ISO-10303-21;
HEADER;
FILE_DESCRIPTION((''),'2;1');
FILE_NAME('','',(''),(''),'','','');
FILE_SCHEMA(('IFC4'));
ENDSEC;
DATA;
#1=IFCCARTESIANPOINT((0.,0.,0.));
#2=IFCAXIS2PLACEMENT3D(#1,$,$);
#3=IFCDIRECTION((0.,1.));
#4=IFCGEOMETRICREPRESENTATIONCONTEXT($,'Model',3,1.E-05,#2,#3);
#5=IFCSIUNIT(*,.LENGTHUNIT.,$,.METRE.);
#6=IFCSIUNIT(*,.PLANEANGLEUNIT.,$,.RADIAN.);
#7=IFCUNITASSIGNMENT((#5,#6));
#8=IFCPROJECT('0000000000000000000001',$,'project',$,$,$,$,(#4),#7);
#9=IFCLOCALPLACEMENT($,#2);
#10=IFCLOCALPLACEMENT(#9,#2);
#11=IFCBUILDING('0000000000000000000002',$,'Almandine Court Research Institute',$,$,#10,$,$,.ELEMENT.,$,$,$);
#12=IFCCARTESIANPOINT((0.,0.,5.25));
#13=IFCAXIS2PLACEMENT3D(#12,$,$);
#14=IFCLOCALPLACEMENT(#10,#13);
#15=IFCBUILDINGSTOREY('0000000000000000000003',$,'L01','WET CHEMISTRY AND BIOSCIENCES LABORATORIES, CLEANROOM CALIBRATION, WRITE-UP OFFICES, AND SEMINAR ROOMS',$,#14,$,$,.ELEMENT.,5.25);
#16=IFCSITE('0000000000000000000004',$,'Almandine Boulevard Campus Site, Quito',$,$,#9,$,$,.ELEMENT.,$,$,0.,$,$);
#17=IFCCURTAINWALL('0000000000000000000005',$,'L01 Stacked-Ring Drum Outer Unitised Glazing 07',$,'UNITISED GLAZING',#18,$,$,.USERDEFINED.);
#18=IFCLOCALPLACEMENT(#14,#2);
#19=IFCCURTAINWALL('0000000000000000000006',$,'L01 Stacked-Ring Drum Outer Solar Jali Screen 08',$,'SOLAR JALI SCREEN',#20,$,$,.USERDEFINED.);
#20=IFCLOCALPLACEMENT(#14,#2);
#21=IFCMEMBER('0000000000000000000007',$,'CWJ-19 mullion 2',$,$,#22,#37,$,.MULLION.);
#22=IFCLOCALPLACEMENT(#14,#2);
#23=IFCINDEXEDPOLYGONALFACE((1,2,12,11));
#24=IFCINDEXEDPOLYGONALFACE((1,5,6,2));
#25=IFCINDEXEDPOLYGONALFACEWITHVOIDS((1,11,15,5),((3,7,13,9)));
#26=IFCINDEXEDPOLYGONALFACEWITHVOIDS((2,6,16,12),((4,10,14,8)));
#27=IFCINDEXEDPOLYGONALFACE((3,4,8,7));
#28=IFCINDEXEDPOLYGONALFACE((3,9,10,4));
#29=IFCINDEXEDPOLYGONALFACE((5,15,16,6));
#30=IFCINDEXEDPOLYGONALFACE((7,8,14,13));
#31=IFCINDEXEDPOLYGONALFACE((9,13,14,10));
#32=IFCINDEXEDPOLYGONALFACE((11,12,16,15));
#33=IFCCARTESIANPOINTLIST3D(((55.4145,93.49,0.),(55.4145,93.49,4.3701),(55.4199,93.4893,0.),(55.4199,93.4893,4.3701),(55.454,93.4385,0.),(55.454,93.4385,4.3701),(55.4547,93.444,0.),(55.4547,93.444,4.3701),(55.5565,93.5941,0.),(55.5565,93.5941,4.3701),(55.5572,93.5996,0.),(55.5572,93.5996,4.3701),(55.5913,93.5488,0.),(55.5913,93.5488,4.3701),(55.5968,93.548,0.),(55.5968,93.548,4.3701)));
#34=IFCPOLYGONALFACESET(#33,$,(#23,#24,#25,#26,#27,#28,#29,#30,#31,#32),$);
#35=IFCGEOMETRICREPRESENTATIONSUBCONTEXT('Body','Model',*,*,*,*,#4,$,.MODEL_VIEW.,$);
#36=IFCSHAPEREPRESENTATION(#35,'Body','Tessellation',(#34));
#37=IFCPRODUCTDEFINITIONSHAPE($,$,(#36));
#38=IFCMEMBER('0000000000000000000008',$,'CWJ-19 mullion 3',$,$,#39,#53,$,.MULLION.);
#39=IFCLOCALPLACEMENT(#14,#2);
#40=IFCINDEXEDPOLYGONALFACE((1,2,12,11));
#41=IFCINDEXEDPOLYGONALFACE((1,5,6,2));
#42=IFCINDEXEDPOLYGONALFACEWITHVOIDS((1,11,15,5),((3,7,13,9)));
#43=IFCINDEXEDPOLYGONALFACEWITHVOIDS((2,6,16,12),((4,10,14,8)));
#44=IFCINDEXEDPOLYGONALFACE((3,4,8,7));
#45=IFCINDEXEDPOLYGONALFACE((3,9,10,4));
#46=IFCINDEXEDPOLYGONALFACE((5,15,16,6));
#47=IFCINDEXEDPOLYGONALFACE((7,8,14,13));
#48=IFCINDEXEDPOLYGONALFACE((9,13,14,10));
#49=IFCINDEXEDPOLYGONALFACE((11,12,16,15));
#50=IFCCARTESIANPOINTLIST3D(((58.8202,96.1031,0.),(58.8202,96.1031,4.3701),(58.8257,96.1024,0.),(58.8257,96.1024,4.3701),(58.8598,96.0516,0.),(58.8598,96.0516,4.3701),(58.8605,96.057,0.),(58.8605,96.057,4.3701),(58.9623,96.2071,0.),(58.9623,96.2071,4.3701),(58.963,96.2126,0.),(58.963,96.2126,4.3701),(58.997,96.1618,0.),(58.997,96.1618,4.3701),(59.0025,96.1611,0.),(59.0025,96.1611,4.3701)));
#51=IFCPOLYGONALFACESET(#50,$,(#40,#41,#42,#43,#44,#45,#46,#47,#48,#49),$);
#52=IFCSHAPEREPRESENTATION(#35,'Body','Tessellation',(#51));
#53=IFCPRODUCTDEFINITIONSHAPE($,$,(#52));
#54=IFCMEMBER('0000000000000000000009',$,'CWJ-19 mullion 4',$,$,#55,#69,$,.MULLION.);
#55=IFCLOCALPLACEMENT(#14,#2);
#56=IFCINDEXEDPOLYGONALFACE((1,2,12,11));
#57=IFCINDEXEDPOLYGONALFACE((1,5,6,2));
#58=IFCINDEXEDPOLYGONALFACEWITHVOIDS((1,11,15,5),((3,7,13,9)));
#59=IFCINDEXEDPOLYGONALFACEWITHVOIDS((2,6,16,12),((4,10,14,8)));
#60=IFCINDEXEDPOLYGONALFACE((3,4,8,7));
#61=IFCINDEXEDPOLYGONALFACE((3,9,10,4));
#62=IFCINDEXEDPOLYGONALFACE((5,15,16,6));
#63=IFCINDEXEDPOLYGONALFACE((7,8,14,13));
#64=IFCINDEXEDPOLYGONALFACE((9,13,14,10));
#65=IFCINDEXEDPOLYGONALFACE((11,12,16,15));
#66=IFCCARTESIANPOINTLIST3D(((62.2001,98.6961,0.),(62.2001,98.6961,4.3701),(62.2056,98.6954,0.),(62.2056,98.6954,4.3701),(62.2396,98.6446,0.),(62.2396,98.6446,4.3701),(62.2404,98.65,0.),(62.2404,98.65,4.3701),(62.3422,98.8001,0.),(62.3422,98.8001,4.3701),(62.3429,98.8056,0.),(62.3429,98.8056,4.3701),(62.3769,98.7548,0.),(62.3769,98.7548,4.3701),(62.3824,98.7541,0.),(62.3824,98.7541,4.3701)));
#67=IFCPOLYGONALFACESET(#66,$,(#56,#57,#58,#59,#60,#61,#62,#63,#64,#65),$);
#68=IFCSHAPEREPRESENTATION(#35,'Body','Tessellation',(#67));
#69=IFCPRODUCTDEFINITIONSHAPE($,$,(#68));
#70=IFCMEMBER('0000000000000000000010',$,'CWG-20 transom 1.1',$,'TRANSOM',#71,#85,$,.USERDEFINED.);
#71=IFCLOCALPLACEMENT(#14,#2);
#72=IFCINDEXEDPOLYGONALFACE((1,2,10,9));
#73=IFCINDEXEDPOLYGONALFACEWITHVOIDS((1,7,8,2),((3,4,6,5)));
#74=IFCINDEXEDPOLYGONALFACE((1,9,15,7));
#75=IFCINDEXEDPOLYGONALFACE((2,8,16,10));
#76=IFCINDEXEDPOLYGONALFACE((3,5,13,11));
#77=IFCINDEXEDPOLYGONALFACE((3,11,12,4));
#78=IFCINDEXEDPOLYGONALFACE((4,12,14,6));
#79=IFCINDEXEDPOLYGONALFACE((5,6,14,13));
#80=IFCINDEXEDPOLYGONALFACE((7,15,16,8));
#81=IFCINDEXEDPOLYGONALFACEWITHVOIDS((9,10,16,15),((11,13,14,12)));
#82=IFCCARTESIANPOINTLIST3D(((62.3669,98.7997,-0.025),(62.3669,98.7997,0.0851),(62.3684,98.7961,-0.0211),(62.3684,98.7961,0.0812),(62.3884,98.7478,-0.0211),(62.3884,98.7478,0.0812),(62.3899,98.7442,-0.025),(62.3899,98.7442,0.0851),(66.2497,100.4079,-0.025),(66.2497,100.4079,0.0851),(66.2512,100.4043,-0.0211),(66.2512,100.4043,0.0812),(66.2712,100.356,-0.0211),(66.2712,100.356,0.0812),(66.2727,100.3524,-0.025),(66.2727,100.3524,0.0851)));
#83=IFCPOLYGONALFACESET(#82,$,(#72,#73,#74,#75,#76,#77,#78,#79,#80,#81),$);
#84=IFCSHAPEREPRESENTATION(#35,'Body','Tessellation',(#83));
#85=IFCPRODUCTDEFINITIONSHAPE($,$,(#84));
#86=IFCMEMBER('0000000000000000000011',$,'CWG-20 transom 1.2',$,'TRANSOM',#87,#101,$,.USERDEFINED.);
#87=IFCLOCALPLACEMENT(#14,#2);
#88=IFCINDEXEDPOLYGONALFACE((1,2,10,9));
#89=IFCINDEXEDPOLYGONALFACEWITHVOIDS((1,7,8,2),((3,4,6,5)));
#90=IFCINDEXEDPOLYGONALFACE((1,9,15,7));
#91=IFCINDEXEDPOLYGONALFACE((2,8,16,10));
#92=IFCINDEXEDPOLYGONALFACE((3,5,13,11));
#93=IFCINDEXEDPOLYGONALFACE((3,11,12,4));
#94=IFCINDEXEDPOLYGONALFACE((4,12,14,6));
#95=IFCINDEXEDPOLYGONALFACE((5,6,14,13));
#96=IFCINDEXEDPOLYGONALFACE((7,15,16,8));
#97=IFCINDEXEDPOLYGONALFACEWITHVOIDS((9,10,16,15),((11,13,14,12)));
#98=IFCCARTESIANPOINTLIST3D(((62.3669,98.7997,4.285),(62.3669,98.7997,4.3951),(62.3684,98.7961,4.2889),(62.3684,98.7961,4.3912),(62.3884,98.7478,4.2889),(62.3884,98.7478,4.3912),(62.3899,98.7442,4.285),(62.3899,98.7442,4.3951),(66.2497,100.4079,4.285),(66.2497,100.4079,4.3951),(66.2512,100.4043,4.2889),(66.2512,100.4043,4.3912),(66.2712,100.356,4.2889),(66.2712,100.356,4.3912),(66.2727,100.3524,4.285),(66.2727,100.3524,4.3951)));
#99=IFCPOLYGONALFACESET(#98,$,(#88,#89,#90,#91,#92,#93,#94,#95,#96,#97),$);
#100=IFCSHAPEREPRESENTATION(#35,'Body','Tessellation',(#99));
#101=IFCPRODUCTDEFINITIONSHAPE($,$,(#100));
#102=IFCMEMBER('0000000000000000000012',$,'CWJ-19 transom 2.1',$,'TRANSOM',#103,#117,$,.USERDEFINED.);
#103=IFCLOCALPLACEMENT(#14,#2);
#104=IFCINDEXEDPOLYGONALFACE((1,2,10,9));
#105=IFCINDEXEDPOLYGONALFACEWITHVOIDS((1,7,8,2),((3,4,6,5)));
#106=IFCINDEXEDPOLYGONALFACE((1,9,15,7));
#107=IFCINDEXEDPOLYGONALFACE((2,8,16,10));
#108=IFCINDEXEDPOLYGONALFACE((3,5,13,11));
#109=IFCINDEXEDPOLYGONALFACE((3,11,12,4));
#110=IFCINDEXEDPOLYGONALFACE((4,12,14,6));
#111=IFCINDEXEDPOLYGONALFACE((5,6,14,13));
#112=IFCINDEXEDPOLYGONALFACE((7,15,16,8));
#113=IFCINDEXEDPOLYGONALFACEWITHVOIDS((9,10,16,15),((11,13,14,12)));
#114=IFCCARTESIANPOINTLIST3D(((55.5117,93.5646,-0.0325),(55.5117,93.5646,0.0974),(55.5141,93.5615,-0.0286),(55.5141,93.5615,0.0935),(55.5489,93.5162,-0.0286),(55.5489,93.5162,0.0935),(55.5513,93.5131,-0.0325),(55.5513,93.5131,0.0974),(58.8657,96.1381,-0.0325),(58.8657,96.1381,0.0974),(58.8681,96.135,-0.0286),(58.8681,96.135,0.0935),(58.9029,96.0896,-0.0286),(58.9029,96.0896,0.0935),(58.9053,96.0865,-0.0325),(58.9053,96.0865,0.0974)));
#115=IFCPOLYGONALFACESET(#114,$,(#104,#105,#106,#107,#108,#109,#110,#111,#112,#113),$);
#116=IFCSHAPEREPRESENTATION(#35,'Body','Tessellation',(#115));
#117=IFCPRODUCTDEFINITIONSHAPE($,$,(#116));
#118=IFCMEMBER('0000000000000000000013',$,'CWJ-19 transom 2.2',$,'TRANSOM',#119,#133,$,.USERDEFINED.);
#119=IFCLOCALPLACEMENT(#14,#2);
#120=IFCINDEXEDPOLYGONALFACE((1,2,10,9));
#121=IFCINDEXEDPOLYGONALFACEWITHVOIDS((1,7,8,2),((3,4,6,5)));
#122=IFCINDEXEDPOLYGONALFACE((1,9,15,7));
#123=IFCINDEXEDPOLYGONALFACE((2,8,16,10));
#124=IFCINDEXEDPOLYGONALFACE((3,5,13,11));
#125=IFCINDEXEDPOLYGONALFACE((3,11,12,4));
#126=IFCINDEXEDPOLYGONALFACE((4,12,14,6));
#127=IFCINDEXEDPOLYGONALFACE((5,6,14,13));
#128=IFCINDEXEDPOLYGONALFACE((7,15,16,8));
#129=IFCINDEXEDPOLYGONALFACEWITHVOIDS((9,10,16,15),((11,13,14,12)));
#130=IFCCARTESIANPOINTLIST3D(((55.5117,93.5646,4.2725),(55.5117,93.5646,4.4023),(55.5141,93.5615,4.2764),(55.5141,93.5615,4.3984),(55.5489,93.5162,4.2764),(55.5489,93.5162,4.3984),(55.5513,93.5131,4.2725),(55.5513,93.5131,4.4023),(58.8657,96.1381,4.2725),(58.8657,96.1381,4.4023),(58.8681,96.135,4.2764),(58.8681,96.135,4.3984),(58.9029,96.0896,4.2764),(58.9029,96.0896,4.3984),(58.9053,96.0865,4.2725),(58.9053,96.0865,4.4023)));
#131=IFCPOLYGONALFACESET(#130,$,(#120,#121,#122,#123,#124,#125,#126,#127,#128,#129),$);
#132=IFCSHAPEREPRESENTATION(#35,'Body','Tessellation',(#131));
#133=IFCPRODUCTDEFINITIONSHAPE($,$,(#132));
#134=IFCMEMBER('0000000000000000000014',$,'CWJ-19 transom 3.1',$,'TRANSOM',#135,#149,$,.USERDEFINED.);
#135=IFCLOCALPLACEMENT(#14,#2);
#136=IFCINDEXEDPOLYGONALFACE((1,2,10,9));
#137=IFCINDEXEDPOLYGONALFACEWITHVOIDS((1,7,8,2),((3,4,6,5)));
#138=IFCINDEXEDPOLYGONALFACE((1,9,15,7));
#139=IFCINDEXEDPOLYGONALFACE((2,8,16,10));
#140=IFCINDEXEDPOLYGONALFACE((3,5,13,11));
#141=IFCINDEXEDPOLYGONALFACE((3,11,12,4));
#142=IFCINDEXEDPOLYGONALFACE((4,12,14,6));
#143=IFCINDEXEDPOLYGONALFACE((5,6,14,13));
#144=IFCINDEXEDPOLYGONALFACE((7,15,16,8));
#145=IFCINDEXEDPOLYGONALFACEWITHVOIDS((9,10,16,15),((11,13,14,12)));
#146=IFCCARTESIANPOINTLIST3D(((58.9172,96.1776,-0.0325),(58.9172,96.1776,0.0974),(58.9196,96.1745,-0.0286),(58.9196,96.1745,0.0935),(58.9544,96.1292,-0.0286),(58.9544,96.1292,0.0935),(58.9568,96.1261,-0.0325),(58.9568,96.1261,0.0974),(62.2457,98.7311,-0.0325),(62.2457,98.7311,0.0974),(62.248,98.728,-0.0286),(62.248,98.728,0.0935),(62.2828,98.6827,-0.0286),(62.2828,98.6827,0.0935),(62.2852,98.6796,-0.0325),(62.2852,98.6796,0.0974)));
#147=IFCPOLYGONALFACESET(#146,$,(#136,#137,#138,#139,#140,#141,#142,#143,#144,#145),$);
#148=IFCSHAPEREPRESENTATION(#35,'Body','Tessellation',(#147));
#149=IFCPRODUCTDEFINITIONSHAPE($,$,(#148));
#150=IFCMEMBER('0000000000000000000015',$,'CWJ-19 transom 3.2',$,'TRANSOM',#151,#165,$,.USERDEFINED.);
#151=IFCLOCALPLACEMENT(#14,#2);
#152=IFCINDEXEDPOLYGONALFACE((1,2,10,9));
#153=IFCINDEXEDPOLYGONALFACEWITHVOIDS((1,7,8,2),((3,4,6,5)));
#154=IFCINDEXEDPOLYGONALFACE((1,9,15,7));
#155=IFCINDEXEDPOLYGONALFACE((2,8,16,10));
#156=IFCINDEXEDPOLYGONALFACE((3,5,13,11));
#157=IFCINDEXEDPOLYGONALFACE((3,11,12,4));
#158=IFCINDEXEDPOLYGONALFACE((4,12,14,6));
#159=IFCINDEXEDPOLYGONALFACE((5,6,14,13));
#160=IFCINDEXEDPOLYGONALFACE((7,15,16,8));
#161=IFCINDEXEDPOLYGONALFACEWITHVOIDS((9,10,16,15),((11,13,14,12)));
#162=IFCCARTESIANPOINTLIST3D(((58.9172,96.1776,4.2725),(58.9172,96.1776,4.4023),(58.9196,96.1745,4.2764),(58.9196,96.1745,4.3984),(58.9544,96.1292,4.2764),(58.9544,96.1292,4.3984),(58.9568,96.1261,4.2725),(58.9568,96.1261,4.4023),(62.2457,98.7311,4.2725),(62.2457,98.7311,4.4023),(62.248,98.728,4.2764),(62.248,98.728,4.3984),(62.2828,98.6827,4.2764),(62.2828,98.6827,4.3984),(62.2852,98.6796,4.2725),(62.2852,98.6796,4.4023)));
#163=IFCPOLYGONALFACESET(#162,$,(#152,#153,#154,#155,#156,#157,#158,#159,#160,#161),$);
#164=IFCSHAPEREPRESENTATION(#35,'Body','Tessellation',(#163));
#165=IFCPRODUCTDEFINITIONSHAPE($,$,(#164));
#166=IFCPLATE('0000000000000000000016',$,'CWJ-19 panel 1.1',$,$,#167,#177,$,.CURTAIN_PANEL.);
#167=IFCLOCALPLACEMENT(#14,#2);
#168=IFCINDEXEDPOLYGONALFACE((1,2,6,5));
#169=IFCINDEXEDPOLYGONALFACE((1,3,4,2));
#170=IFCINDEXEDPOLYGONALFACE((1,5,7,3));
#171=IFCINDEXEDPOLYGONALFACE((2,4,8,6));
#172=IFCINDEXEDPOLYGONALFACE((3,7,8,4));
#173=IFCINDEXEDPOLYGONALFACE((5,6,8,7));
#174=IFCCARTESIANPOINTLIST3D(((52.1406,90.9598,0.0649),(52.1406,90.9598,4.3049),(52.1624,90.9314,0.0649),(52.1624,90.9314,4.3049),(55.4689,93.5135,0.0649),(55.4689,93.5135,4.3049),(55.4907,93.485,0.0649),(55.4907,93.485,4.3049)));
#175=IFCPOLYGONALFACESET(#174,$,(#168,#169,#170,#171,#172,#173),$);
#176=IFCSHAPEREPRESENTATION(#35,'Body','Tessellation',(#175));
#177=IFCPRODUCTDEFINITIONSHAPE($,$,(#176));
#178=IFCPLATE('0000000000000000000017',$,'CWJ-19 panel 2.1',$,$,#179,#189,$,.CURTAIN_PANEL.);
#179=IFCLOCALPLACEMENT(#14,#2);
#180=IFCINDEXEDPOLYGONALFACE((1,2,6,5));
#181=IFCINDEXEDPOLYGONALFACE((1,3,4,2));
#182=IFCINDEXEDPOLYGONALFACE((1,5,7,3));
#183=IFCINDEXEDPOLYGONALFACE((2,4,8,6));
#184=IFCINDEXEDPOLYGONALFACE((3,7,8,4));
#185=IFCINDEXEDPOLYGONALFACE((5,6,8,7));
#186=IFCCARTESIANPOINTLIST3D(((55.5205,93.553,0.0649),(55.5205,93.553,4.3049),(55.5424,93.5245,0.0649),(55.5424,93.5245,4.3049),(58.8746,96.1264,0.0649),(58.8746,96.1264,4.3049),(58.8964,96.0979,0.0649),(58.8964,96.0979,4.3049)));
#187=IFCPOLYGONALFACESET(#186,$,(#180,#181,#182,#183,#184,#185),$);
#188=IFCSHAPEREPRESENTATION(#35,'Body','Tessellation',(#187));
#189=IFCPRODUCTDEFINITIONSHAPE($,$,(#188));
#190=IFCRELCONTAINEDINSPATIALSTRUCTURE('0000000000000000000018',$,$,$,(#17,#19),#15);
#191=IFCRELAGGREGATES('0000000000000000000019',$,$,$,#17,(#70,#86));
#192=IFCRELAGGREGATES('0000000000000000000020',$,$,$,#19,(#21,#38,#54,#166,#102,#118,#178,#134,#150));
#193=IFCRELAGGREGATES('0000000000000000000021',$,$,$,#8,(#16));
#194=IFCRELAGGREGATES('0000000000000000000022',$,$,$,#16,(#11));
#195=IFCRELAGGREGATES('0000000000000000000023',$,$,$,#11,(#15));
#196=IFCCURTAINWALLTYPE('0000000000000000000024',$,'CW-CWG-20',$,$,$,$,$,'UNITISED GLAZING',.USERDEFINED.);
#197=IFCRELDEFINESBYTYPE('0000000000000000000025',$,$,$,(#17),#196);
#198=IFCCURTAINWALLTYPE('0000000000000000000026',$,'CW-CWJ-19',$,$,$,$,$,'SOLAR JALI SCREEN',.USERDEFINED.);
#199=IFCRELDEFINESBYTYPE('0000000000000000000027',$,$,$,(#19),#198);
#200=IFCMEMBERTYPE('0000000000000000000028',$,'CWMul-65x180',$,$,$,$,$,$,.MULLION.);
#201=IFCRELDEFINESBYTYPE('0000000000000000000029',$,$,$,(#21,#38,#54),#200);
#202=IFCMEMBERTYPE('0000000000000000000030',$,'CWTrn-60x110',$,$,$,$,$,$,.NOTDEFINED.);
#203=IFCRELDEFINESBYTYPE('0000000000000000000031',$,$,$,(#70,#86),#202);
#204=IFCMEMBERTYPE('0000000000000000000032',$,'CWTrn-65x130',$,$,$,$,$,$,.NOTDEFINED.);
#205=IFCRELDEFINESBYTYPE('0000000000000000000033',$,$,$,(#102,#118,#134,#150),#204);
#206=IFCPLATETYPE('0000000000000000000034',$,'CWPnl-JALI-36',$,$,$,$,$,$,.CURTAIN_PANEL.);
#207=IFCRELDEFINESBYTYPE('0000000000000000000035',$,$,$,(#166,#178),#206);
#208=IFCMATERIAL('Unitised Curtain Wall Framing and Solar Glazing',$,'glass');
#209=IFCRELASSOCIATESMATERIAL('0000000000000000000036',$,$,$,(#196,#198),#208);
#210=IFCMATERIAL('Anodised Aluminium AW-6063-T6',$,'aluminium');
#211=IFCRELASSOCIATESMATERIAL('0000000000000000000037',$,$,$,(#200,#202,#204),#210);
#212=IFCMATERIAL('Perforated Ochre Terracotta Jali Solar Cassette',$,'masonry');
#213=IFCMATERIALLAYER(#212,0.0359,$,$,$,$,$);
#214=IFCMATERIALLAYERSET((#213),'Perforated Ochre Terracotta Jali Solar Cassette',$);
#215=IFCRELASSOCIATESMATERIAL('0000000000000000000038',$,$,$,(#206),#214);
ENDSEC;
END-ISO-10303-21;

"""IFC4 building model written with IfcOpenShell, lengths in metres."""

from ifc_helpers import new_model, si_unit, direction, frame, origin, origin_2d, place, context, subcontext, project, spatial, rectangle, hollow_rectangle, extrude, material, layer, layer_set, material_profile, profile_set, type_object, element, aggregate, save


model = new_model("IFC4")

# Units and contexts
model_context = context("Model", 3, precision=1e-05, world=origin(), true_north=direction((0.0, 1.0)))
body_context = subcontext(model_context, "Body", "Model", "MODEL_VIEW")
ifc_project = project(units=[si_unit("LENGTHUNIT", "METRE"), si_unit("PLANEANGLEUNIT", "RADIAN")], contexts=[model_context])

# Site, building, storey
site_placement = place(None, origin())
site = spatial("IfcSite", under=ifc_project, at=site_placement, Name="Almandine Boulevard Campus Site, Quito", CompositionType="ELEMENT", RefElevation=0.0)
building_placement = place(site_placement, origin())
building = spatial("IfcBuilding", under=site, at=building_placement, Name="Almandine Court Research Institute", CompositionType="ELEMENT")
storey_placement = place(building_placement, frame((0.0, 0.0, 5.25)))
storey = spatial("IfcBuildingStorey", under=building, at=storey_placement, Name="L01", Description="WET CHEMISTRY AND BIOSCIENCES LABORATORIES, CLEANROOM CALIBRATION, WRITE-UP OFFICES, AND SEMINAR ROOMS", CompositionType="ELEMENT", Elevation=5.25)

# Curtain wall
ifc_material_1 = material(Name="Unitised Curtain Wall Framing and Solar Glazing", Category="glass")
curtain_wall_type_1 = type_object("IfcCurtainWallType", Name="CW-CWG-20", ElementType="UNITISED GLAZING", PredefinedType="USERDEFINED", material=ifc_material_1)
curtain_wall_1_placement = place(storey_placement, origin())
curtain_wall_1 = element("IfcCurtainWall", 1, at=curtain_wall_1_placement, inside=storey, type_object=curtain_wall_type_1, Name="L01 Stacked-Ring Drum Outer Unitised Glazing 07", ObjectType="UNITISED GLAZING", PredefinedType="USERDEFINED")
ifc_material_2 = material(Name="Anodised Aluminium AW-6063-T6", Category="aluminium")

# Curtain wall, members
curtain_wall_type_2 = type_object("IfcCurtainWallType", Name="CW-CWJ-19", ElementType="SOLAR JALI SCREEN", PredefinedType="USERDEFINED", material=ifc_material_1)
curtain_wall_2_placement = place(storey_placement, origin())
curtain_wall_2 = element("IfcCurtainWall", 2, at=curtain_wall_2_placement, inside=storey, type_object=curtain_wall_type_2, Name="L01 Stacked-Ring Drum Outer Solar Jali Screen 08", ObjectType="SOLAR JALI SCREEN", PredefinedType="USERDEFINED")
ifc_material_profile_1 = material_profile(ifc_material_2, hollow_rectangle(XDim=0.0649, YDim=0.1799, WallThickness=0.0039, at=origin_2d()), Name="ALU RHS 65x180x4")
ifc_profile_set_1 = profile_set([ifc_material_profile_1], Name="Anodised Aluminium AW-6063-T6")
member_type_1 = type_object("IfcMemberType", Name="CWMul-65x180", PredefinedType="MULLION", material=ifc_profile_set_1)
member_1_placement = place(storey_placement, frame((55.5056, 93.519, 0.0), z_axis=(0.0, 0.0, 1.0), x_axis=(-0.608723, 0.793383, 0.0)))
member_1 = element("IfcMember", 3, at=member_1_placement, type_object=member_type_1, Name="CWJ-19 mullion 2", PredefinedType="MULLION", context=body_context, shape_type="SweptSolid", body=[
    extrude(hollow_rectangle(XDim=0.0649, YDim=0.1799, WallThickness=0.0039, at=origin_2d()), origin(), (0.0, 0.0, 1.0), 4.3701),
])
member_2_placement = place(storey_placement, frame((58.9114, 96.1321, 0.0), z_axis=(0.0, 0.0, 1.0), x_axis=(-0.608723, 0.793383, 0.0)))
member_2 = element("IfcMember", 4, at=member_2_placement, type_object=member_type_1, Name="CWJ-19 mullion 3", PredefinedType="MULLION", context=body_context, shape_type="SweptSolid", body=[
    extrude(hollow_rectangle(XDim=0.0649, YDim=0.1799, WallThickness=0.0039, at=origin_2d()), origin(), (0.0, 0.0, 1.0), 4.3701),
])
member_3_placement = place(storey_placement, frame((62.2913, 98.7251, 0.0), z_axis=(0.0, 0.0, 1.0), x_axis=(-0.608723, 0.793383, 0.0)))
member_3 = element("IfcMember", 5, at=member_3_placement, type_object=member_type_1, Name="CWJ-19 mullion 4", PredefinedType="MULLION", context=body_context, shape_type="SweptSolid", body=[
    extrude(hollow_rectangle(XDim=0.0649, YDim=0.1799, WallThickness=0.0039, at=origin_2d()), origin(), (0.0, 0.0, 1.0), 4.3701),
])

# Members
ifc_material_profile_2 = material_profile(ifc_material_2, hollow_rectangle(XDim=0.0601, YDim=0.1101, WallThickness=0.0039, at=origin_2d()), Name="ALU RHS 60x110x4")
ifc_profile_set_2 = profile_set([ifc_material_profile_2], Name="Anodised Aluminium AW-6063-T6")
member_type_2 = type_object("IfcMemberType", Name="CWTrn-60x110", PredefinedType="NOTDEFINED", material=ifc_profile_set_2)
member_4_placement = place(storey_placement, frame((62.3784, 98.772, 0.03), z_axis=(0.923893, 0.382651, 0.0), x_axis=(-0.382651, 0.923893, 0.0)))
member_4 = element("IfcMember", 6, at=member_4_placement, type_object=member_type_2, Name="CWG-20 transom 1.1", ObjectType="TRANSOM", PredefinedType="USERDEFINED", context=body_context, shape_type="SweptSolid", body=[
    extrude(hollow_rectangle(XDim=0.0601, YDim=0.1101, WallThickness=0.0039, at=origin_2d()), origin(), (0.0, 0.0, 1.0), 4.2026),
])
member_5_placement = place(storey_placement, frame((62.3784, 98.772, 4.3401), z_axis=(0.923893, 0.382651, 0.0), x_axis=(-0.382651, 0.923893, 0.0)))
member_5 = element("IfcMember", 7, at=member_5_placement, type_object=member_type_2, Name="CWG-20 transom 1.2", ObjectType="TRANSOM", PredefinedType="USERDEFINED", context=body_context, shape_type="SweptSolid", body=[
    extrude(hollow_rectangle(XDim=0.0601, YDim=0.1101, WallThickness=0.0039, at=origin_2d()), origin(), (0.0, 0.0, 1.0), 4.2026),
])
aggregate(curtain_wall_1, [member_4, member_5])
ifc_material_profile_3 = material_profile(ifc_material_2, hollow_rectangle(XDim=0.0649, YDim=0.1299, WallThickness=0.0039, at=origin_2d()), Name="ALU RHS 65x130x4")
ifc_profile_set_3 = profile_set([ifc_material_profile_3], Name="Anodised Aluminium AW-6063-T6")
member_type_3 = type_object("IfcMemberType", Name="CWTrn-65x130", PredefinedType="NOTDEFINED", material=ifc_profile_set_3)
member_6_placement = place(storey_placement, frame((55.5315, 93.5388, 0.0325), z_axis=(0.793368, 0.608742, 0.0), x_axis=(-0.608742, 0.793368, 0.0)))
member_6 = element("IfcMember", 8, at=member_6_placement, type_object=member_type_3, Name="CWJ-19 transom 2.1", ObjectType="TRANSOM", PredefinedType="USERDEFINED", context=body_context, shape_type="SweptSolid", body=[
    extrude(hollow_rectangle(XDim=0.0649, YDim=0.1299, WallThickness=0.0039, at=origin_2d()), origin(), (0.0, 0.0, 1.0), 4.2275),
])
member_7_placement = place(storey_placement, frame((55.5315, 93.5388, 4.3374), z_axis=(0.793368, 0.608742, 0.0), x_axis=(-0.608742, 0.793368, 0.0)))
member_7 = element("IfcMember", 9, at=member_7_placement, type_object=member_type_3, Name="CWJ-19 transom 2.2", ObjectType="TRANSOM", PredefinedType="USERDEFINED", context=body_context, shape_type="SweptSolid", body=[
    extrude(hollow_rectangle(XDim=0.0649, YDim=0.1299, WallThickness=0.0039, at=origin_2d()), origin(), (0.0, 0.0, 1.0), 4.2275),
])
member_8_placement = place(storey_placement, frame((58.937, 96.1519, 0.0325), z_axis=(0.793409, 0.608689, 0.0), x_axis=(-0.608689, 0.793409, 0.0)))
member_8 = element("IfcMember", 10, at=member_8_placement, type_object=member_type_3, Name="CWJ-19 transom 3.1", ObjectType="TRANSOM", PredefinedType="USERDEFINED", context=body_context, shape_type="SweptSolid", body=[
    extrude(hollow_rectangle(XDim=0.0649, YDim=0.1299, WallThickness=0.0039, at=origin_2d()), origin(), (0.0, 0.0, 1.0), 4.1951),
])
member_9_placement = place(storey_placement, frame((58.937, 96.1519, 4.3374), z_axis=(0.793409, 0.608689, 0.0), x_axis=(-0.608689, 0.793409, 0.0)))
member_9 = element("IfcMember", 11, at=member_9_placement, type_object=member_type_3, Name="CWJ-19 transom 3.2", ObjectType="TRANSOM", PredefinedType="USERDEFINED", context=body_context, shape_type="SweptSolid", body=[
    extrude(hollow_rectangle(XDim=0.0649, YDim=0.1299, WallThickness=0.0039, at=origin_2d()), origin(), (0.0, 0.0, 1.0), 4.1951),
])

# Plates
ifc_material_3 = material(Name="Perforated Ochre Terracotta Jali Solar Cassette", Category="masonry")
ifc_layer_1 = layer(ifc_material_3, 0.0359)
ifc_layer_set_1 = layer_set([ifc_layer_1], Name="Perforated Ochre Terracotta Jali Solar Cassette")
plate_type = type_object("IfcPlateType", Name="CWPnl-JALI-36", PredefinedType="CURTAIN_PANEL", material=ifc_layer_set_1)
plate_1_placement = place(storey_placement, frame((53.8157, 92.2224, 0.0649), z_axis=(0.0, 0.0, 1.0), x_axis=(0.793383, 0.608723, 0.0)))
plate_1 = element("IfcPlate", 12, at=plate_1_placement, type_object=plate_type, Name="CWJ-19 panel 1.1", PredefinedType="CURTAIN_PANEL", context=body_context, shape_type="SweptSolid", body=[
    extrude(rectangle(XDim=4.1951, YDim=0.0359, at=origin_2d()), origin(), (0.0, 0.0, 1.0), 4.24),
])
plate_2_placement = place(storey_placement, frame((57.2085, 94.8254, 0.0649), z_axis=(0.0, 0.0, 1.0), x_axis=(0.793383, 0.608723, 0.0)))
plate_2 = element("IfcPlate", 13, at=plate_2_placement, type_object=plate_type, Name="CWJ-19 panel 2.1", PredefinedType="CURTAIN_PANEL", context=body_context, shape_type="SweptSolid", body=[
    extrude(rectangle(XDim=4.2275, YDim=0.0359, at=origin_2d()), origin(), (0.0, 0.0, 1.0), 4.24),
])
aggregate(curtain_wall_2, [member_1, member_2, member_3, plate_1, member_6, member_7, plate_2, member_8, member_9])

save(model, "model.ifc")
